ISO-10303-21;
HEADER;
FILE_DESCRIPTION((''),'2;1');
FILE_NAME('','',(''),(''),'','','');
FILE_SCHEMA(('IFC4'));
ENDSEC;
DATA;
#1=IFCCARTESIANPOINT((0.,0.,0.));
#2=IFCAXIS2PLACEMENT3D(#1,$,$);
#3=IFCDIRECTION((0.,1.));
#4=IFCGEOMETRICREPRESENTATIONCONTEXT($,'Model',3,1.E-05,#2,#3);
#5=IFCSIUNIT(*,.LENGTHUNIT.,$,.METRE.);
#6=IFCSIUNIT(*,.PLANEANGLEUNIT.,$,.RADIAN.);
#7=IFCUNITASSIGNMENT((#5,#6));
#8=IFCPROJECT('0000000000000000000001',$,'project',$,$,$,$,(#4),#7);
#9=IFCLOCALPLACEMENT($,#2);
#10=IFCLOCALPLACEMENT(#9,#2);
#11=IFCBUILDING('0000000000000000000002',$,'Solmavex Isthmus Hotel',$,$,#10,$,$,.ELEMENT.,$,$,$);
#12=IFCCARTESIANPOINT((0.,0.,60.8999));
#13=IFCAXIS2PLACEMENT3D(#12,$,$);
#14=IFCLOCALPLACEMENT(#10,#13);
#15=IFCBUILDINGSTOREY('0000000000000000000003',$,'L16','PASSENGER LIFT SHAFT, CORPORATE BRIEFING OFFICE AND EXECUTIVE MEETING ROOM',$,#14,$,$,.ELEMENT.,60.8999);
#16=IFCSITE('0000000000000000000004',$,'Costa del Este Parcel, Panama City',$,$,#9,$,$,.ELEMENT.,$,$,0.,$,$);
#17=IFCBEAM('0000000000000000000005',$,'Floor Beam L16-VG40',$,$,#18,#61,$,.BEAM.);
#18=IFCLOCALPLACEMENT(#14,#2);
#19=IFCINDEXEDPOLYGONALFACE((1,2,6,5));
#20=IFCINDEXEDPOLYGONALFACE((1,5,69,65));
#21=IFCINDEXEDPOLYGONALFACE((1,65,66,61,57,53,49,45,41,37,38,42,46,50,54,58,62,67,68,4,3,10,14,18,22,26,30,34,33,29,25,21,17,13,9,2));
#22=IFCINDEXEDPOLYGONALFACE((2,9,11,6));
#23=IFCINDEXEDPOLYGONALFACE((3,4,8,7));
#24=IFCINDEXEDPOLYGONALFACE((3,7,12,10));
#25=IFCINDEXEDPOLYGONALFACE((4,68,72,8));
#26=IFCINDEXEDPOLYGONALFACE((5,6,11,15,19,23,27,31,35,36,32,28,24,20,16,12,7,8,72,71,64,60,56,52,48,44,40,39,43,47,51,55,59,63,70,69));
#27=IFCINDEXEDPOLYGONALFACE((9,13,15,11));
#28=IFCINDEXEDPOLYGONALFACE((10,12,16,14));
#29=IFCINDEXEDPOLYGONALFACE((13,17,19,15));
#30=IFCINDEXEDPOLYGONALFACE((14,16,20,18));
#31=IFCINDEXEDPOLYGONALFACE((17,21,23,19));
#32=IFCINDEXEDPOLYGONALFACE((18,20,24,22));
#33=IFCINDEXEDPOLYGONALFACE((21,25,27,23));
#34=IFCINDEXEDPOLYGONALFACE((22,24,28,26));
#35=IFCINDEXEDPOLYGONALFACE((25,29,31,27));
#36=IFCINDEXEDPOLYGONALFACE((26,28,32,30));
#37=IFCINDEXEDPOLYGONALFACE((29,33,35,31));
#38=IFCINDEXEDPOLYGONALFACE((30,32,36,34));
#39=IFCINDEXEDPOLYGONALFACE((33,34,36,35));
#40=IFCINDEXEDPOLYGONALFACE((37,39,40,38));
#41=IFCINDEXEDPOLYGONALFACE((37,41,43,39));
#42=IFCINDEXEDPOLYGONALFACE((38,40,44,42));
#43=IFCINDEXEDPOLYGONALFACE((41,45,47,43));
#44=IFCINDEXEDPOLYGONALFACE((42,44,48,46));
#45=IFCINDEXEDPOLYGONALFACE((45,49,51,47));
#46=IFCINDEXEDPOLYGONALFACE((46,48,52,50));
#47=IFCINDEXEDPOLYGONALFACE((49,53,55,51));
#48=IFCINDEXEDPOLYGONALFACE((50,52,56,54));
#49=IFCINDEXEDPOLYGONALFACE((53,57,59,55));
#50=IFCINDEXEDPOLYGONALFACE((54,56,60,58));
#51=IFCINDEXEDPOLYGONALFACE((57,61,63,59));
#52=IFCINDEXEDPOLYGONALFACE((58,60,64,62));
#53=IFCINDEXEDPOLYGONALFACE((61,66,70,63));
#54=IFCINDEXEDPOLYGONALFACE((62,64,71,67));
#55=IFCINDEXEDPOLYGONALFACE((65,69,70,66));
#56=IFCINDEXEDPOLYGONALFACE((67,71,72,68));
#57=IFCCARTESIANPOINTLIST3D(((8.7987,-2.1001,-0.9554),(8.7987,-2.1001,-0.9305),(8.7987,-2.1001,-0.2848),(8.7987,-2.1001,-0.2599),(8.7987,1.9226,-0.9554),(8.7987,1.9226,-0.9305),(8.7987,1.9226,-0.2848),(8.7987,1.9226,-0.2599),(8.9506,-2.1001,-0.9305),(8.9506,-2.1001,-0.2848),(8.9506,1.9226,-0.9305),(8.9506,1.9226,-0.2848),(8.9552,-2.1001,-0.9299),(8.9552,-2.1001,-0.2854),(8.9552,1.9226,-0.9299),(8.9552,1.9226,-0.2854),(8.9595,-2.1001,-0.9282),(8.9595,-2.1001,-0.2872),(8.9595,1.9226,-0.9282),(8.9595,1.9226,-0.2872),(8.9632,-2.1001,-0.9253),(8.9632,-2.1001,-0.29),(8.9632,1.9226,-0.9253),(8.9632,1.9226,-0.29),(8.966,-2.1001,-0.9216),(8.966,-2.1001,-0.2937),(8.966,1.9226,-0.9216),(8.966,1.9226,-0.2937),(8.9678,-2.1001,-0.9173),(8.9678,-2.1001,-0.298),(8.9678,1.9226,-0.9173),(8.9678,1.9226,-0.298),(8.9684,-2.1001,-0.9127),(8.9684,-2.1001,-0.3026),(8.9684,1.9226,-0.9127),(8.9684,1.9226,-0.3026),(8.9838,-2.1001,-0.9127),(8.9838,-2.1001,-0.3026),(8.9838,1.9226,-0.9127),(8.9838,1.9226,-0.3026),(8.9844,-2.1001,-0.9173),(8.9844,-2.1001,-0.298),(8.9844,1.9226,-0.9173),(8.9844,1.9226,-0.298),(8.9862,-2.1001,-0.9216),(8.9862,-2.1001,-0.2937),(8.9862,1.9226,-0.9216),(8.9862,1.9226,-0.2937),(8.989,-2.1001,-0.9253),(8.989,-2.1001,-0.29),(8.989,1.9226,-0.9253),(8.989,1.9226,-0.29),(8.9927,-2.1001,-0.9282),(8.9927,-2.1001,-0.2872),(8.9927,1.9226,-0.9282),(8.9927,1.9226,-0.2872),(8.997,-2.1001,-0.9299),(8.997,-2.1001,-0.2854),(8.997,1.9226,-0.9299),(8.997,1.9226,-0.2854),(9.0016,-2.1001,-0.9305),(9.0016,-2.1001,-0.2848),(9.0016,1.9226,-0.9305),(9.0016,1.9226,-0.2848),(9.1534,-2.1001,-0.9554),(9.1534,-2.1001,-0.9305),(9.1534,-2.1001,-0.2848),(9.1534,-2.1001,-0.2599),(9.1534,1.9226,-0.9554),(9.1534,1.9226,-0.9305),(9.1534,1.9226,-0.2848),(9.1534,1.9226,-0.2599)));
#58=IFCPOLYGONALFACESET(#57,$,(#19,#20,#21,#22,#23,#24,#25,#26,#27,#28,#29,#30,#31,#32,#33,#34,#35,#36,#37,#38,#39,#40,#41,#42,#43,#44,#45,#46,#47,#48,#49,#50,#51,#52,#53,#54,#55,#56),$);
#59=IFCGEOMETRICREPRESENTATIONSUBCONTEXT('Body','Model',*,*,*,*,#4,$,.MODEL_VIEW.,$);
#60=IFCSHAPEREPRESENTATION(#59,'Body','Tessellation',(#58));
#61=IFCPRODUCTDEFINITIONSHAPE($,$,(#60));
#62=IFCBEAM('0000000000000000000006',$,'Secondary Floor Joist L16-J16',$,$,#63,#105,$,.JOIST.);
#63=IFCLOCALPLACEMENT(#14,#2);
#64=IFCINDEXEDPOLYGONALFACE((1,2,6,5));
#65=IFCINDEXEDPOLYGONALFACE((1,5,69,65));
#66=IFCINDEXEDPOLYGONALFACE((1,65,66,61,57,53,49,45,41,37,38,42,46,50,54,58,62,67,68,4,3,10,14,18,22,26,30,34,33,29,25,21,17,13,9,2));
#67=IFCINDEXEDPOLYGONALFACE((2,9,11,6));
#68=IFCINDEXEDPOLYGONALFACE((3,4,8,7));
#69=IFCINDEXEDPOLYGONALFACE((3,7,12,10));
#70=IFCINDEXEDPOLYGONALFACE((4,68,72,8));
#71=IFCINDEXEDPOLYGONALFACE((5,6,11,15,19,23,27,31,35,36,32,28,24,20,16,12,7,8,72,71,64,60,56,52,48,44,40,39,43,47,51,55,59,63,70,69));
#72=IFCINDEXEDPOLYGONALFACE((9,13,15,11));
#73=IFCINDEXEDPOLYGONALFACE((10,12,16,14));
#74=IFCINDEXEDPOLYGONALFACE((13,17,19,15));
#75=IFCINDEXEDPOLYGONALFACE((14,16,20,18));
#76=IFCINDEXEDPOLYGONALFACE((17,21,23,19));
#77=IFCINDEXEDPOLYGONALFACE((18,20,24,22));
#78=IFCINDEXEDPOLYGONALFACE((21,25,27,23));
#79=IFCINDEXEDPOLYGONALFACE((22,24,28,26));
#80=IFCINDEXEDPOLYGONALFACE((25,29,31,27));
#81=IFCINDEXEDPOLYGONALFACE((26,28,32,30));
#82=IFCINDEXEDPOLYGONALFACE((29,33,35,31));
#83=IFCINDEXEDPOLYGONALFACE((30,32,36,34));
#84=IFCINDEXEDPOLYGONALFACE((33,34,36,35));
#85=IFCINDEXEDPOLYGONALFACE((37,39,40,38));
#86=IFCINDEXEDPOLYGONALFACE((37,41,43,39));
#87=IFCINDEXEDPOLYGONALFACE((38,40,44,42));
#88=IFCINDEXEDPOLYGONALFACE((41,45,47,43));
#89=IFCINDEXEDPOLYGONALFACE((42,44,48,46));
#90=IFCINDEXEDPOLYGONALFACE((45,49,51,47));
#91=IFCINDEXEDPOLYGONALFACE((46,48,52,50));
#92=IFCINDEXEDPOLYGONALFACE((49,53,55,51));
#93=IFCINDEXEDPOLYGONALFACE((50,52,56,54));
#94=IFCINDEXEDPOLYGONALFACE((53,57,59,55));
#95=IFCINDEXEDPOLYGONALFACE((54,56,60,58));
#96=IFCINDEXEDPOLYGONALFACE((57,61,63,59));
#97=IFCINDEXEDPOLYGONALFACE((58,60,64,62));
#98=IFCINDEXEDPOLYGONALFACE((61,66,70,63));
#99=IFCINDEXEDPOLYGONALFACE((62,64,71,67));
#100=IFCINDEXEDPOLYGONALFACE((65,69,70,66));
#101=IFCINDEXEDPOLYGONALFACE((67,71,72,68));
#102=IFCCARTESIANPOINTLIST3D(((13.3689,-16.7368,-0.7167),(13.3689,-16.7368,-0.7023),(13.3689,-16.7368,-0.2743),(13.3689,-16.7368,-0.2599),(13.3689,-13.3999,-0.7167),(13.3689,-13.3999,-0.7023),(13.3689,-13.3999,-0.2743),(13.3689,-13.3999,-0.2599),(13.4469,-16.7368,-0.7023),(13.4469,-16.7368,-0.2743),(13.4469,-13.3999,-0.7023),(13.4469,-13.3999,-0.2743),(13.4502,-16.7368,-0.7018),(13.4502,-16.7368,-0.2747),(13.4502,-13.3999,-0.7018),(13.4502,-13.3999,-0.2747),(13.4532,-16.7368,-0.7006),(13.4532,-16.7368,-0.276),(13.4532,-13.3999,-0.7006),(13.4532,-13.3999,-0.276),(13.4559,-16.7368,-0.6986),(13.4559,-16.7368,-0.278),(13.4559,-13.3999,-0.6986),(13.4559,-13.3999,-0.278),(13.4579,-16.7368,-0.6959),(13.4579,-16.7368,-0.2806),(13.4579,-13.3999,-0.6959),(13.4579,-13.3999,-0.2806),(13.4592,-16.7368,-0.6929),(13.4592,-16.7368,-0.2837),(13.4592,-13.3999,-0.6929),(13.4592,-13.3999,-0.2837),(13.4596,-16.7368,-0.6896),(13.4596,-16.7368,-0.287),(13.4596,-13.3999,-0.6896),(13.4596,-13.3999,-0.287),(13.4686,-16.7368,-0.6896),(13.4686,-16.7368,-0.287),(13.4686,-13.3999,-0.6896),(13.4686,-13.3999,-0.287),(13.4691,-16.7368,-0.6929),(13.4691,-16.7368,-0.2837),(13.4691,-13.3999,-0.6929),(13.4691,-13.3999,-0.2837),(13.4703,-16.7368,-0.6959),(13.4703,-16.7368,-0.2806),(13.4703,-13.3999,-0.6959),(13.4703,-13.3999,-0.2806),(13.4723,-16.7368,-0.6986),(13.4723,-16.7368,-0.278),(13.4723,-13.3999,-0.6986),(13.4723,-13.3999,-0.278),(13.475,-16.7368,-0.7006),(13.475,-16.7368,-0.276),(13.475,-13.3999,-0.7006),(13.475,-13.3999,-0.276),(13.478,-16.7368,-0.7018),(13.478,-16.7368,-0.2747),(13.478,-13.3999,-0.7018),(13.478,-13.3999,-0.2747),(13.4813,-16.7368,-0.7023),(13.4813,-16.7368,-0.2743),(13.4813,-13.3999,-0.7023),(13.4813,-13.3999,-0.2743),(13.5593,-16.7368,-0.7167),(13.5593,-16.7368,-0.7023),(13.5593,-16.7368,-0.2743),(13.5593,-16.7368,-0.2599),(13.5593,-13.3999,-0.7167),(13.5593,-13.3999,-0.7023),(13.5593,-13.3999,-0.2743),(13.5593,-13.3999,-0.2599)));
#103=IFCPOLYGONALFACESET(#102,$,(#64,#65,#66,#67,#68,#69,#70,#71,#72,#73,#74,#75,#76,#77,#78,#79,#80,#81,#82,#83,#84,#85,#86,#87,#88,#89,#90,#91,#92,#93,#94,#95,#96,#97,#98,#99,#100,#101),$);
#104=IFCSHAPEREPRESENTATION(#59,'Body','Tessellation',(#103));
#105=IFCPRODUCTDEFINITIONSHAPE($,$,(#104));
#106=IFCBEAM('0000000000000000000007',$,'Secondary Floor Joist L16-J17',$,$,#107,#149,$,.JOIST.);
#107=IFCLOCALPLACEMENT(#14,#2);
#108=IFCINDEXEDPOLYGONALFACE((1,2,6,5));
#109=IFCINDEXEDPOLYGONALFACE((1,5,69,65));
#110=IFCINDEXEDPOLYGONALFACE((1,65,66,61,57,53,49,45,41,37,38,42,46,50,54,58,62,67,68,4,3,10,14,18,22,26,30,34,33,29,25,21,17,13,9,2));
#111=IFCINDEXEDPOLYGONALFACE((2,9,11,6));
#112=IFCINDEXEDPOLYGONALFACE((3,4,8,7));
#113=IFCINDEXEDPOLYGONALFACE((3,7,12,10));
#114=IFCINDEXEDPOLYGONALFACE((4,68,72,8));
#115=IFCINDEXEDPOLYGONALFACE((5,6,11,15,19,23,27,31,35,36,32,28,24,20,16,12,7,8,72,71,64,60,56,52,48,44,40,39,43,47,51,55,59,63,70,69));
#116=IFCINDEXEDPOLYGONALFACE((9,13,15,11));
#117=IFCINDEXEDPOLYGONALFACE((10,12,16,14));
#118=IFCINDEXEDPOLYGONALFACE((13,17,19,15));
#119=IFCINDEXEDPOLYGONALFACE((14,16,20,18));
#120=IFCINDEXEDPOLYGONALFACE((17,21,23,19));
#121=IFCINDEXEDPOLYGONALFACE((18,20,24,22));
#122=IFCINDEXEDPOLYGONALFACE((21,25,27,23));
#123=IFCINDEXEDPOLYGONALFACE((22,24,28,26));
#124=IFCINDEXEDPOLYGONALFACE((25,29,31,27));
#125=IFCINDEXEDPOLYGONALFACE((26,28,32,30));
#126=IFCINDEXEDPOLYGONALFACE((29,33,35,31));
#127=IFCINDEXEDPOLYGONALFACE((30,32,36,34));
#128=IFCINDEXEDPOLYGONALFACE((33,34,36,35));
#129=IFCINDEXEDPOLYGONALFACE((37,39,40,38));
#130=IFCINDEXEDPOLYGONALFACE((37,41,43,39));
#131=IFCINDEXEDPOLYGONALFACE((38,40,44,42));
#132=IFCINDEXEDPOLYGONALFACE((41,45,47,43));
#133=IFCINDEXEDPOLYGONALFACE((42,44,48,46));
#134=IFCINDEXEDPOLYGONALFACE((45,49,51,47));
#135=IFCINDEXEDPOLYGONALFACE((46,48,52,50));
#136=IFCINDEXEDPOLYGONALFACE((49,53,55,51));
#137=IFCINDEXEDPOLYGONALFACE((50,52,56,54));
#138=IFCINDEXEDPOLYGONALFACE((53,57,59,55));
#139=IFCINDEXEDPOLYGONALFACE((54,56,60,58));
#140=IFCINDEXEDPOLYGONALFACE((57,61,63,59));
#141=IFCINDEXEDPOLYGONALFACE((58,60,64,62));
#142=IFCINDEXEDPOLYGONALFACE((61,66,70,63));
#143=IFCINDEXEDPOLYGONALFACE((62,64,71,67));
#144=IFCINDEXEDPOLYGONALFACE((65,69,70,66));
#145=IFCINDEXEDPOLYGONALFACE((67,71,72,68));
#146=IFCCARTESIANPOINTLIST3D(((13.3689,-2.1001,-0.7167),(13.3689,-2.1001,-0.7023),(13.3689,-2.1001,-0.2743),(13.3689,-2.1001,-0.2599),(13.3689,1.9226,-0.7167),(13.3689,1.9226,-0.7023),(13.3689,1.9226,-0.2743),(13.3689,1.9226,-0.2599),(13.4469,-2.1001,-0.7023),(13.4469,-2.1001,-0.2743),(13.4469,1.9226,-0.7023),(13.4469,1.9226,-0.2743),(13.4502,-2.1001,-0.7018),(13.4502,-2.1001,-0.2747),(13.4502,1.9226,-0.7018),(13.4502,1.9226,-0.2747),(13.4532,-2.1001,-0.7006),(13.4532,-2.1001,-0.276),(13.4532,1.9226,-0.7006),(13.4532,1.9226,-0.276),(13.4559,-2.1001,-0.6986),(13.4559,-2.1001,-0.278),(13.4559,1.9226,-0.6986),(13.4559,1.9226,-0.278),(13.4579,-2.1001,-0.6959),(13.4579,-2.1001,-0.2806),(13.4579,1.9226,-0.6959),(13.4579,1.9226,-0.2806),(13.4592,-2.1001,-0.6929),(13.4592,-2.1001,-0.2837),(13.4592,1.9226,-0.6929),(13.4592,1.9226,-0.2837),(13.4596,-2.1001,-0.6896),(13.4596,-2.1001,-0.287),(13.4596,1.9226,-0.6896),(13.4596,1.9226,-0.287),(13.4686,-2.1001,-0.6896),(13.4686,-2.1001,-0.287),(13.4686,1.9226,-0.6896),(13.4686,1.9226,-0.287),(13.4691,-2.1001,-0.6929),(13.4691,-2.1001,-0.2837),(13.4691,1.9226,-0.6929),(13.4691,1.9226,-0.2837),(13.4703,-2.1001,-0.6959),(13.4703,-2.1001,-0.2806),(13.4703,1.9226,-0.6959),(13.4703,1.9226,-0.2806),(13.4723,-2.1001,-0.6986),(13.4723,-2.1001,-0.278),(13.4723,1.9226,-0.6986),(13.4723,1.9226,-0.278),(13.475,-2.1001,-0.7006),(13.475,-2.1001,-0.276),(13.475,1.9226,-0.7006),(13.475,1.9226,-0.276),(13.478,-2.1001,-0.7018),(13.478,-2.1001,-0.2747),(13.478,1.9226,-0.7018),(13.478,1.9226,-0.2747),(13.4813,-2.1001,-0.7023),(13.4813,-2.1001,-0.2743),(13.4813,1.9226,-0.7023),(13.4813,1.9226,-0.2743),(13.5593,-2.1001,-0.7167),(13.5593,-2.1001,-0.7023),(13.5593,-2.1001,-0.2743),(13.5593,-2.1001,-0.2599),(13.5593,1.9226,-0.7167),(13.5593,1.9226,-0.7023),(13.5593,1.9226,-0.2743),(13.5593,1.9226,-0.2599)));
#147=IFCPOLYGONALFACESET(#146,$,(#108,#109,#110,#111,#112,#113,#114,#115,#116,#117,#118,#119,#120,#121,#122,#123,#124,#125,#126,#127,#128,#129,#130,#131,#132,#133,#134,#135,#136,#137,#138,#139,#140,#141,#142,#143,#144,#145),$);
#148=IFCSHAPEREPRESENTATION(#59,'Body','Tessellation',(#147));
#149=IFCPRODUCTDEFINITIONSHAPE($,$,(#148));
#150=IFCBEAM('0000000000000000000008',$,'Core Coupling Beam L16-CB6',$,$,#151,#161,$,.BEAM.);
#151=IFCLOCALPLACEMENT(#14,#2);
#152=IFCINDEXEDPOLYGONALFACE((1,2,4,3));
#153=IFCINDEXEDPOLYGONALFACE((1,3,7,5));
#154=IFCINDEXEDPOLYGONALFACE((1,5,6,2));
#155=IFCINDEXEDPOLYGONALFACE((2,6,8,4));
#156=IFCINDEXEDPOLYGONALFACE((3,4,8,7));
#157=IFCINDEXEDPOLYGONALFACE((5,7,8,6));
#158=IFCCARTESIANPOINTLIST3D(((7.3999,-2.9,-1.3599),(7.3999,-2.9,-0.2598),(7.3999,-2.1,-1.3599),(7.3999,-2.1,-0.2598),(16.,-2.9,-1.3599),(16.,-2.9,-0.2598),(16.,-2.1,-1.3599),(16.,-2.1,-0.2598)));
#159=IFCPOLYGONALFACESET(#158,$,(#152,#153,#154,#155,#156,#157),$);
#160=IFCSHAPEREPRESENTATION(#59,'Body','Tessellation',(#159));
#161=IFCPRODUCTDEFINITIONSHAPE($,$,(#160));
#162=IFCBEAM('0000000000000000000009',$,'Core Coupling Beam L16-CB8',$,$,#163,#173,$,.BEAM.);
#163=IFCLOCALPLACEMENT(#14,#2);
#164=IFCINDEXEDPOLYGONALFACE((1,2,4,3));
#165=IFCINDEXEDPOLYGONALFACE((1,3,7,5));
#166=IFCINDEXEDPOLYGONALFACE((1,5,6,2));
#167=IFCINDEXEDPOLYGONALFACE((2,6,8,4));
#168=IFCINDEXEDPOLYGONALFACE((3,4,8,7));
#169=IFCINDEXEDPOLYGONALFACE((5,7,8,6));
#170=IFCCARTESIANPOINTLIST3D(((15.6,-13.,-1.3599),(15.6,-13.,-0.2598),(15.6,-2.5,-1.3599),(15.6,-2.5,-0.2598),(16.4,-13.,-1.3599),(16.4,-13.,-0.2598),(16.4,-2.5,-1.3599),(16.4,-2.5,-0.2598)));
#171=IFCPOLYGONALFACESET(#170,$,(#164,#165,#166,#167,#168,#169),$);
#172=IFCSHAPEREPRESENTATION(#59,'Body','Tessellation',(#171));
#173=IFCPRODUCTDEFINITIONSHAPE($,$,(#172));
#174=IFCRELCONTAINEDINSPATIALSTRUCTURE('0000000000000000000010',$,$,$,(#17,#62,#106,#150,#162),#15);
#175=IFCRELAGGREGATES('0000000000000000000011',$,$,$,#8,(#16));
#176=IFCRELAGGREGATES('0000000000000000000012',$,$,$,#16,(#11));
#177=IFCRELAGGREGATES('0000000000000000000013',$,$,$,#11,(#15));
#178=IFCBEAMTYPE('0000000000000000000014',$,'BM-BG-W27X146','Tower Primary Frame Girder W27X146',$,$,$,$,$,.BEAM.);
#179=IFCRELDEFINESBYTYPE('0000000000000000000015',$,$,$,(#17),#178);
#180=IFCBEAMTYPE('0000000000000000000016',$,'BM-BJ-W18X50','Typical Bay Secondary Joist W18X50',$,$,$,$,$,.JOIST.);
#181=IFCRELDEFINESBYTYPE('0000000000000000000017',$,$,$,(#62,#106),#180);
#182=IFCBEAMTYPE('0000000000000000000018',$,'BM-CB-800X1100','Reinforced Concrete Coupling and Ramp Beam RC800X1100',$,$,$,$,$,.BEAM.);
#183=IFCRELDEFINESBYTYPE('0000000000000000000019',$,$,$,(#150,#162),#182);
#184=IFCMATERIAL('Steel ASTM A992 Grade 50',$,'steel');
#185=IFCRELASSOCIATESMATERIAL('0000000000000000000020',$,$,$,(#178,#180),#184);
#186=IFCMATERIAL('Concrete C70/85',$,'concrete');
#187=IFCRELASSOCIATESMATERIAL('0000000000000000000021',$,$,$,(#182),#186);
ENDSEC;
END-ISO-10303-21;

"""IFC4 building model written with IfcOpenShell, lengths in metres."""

from ifc_helpers import new_model, si_unit, direction, frame, origin, origin_2d, place, context, subcontext, project, spatial, rectangle, i_section, extrude, material, material_profile, profile_set, type_object, element, save


model = new_model("IFC4")

# Units and contexts
model_context = context("Model", 3, precision=1e-05, world=origin(), true_north=direction((0.0, 1.0)))
body_context = subcontext(model_context, "Body", "Model", "MODEL_VIEW")
ifc_project = project(units=[si_unit("LENGTHUNIT", "METRE"), si_unit("PLANEANGLEUNIT", "RADIAN")], contexts=[model_context])

# Site, building, storey
site_placement = place(None, origin())
site = spatial("IfcSite", under=ifc_project, at=site_placement, Name="Costa del Este Parcel, Panama City", CompositionType="ELEMENT", RefElevation=0.0)
building_placement = place(site_placement, origin())
building = spatial("IfcBuilding", under=site, at=building_placement, Name="Solmavex Isthmus Hotel", CompositionType="ELEMENT")
storey_placement = place(building_placement, frame((0.0, 0.0, 60.8999)))
storey = spatial("IfcBuildingStorey", under=building, at=storey_placement, Name="L16", Description="PASSENGER LIFT SHAFT, CORPORATE BRIEFING OFFICE AND EXECUTIVE MEETING ROOM", CompositionType="ELEMENT", Elevation=60.8999)

# Shared definitions
ifc_material_1 = material(Name="Concrete C70/85", Category="concrete")

# Beams
ifc_material_2 = material(Name="Steel ASTM A992 Grade 50", Category="steel")
ifc_material_profile_1 = material_profile(ifc_material_2, i_section(OverallWidth=0.3547, OverallDepth=0.6956, WebThickness=0.0154, FlangeThickness=0.0249, FilletRadius=0.0178, at=origin_2d()), Name="W27X146")
ifc_profile_set_1 = profile_set([ifc_material_profile_1], Name="Steel ASTM A992 Grade 50")
beam_type_1 = type_object("IfcBeamType", Name="BM-BG-W27X146", Description="Tower Primary Frame Girder W27X146", PredefinedType="BEAM", material=ifc_profile_set_1)
beam_1_placement = place(storey_placement, frame((8.9761, -2.1001, -0.6077), z_axis=(0.0, 1.0, 0.0), x_axis=(-1.0, 0.0, 0.0)))
element("IfcBeam", 1, at=beam_1_placement, inside=storey, type_object=beam_type_1, Name="Floor Beam L16-VG40", PredefinedType="BEAM", context=body_context, shape_type="SweptSolid", body=[
    extrude(i_section(OverallWidth=0.3547, OverallDepth=0.6956, WebThickness=0.0154, FlangeThickness=0.0249, FilletRadius=0.0178, at=origin_2d()), origin(), (0.0, 0.0, 1.0), 4.0227),
])
ifc_material_profile_2 = material_profile(ifc_material_2, i_section(OverallWidth=0.1904, OverallDepth=0.4568, WebThickness=0.009, FlangeThickness=0.0144, FilletRadius=0.0127, at=origin_2d()), Name="W18X50")
ifc_profile_set_2 = profile_set([ifc_material_profile_2], Name="Steel ASTM A992 Grade 50")
beam_type_2 = type_object("IfcBeamType", Name="BM-BJ-W18X50", Description="Typical Bay Secondary Joist W18X50", PredefinedType="JOIST", material=ifc_profile_set_2)
beam_2_placement = place(storey_placement, frame((13.4641, -16.7368, -0.4883), z_axis=(0.0, 1.0, 0.0), x_axis=(-1.0, 0.0, 0.0)))
element("IfcBeam", 2, at=beam_2_placement, inside=storey, type_object=beam_type_2, Name="Secondary Floor Joist L16-J16", PredefinedType="JOIST", context=body_context, shape_type="SweptSolid", body=[
    extrude(i_section(OverallWidth=0.1904, OverallDepth=0.4568, WebThickness=0.009, FlangeThickness=0.0144, FilletRadius=0.0127, at=origin_2d()), origin(), (0.0, 0.0, 1.0), 3.3369),
])
beam_3_placement = place(storey_placement, frame((13.4641, -2.1001, -0.4883), z_axis=(0.0, 1.0, 0.0), x_axis=(-1.0, 0.0, 0.0)))
element("IfcBeam", 3, at=beam_3_placement, inside=storey, type_object=beam_type_2, Name="Secondary Floor Joist L16-J17", PredefinedType="JOIST", context=body_context, shape_type="SweptSolid", body=[
    extrude(i_section(OverallWidth=0.1904, OverallDepth=0.4568, WebThickness=0.009, FlangeThickness=0.0144, FilletRadius=0.0127, at=origin_2d()), origin(), (0.0, 0.0, 1.0), 4.0227),
])
ifc_material_profile_3 = material_profile(ifc_material_1, rectangle(XDim=0.8, YDim=1.1001, at=origin_2d()), Name="RC800X1100")
ifc_profile_set_3 = profile_set([ifc_material_profile_3], Name="Concrete C70/85")
beam_type_3 = type_object("IfcBeamType", Name="BM-CB-800X1100", Description="Reinforced Concrete Coupling and Ramp Beam RC800X1100", PredefinedType="BEAM", material=ifc_profile_set_3)
beam_4_placement = place(storey_placement, frame((7.3999, -2.5, -0.8098), z_axis=(1.0, 0.0, 0.0), x_axis=(0.0, 1.0, 0.0)))
element("IfcBeam", 4, at=beam_4_placement, inside=storey, type_object=beam_type_3, Name="Core Coupling Beam L16-CB6", PredefinedType="BEAM", context=body_context, shape_type="SweptSolid", body=[
    extrude(rectangle(XDim=0.8, YDim=1.1001, at=origin_2d()), origin(), (0.0, 0.0, 1.0), 8.6001),
])
beam_5_placement = place(storey_placement, frame((16.0, -13.0, -0.8098), z_axis=(0.0, 1.0, 0.0), x_axis=(-1.0, 0.0, 0.0)))
element("IfcBeam", 5, at=beam_5_placement, inside=storey, type_object=beam_type_3, Name="Core Coupling Beam L16-CB8", PredefinedType="BEAM", context=body_context, shape_type="SweptSolid", body=[
    extrude(rectangle(XDim=0.8, YDim=1.1001, at=origin_2d()), origin(), (0.0, 0.0, 1.0), 10.5),
])

save(model, "model.ifc")
